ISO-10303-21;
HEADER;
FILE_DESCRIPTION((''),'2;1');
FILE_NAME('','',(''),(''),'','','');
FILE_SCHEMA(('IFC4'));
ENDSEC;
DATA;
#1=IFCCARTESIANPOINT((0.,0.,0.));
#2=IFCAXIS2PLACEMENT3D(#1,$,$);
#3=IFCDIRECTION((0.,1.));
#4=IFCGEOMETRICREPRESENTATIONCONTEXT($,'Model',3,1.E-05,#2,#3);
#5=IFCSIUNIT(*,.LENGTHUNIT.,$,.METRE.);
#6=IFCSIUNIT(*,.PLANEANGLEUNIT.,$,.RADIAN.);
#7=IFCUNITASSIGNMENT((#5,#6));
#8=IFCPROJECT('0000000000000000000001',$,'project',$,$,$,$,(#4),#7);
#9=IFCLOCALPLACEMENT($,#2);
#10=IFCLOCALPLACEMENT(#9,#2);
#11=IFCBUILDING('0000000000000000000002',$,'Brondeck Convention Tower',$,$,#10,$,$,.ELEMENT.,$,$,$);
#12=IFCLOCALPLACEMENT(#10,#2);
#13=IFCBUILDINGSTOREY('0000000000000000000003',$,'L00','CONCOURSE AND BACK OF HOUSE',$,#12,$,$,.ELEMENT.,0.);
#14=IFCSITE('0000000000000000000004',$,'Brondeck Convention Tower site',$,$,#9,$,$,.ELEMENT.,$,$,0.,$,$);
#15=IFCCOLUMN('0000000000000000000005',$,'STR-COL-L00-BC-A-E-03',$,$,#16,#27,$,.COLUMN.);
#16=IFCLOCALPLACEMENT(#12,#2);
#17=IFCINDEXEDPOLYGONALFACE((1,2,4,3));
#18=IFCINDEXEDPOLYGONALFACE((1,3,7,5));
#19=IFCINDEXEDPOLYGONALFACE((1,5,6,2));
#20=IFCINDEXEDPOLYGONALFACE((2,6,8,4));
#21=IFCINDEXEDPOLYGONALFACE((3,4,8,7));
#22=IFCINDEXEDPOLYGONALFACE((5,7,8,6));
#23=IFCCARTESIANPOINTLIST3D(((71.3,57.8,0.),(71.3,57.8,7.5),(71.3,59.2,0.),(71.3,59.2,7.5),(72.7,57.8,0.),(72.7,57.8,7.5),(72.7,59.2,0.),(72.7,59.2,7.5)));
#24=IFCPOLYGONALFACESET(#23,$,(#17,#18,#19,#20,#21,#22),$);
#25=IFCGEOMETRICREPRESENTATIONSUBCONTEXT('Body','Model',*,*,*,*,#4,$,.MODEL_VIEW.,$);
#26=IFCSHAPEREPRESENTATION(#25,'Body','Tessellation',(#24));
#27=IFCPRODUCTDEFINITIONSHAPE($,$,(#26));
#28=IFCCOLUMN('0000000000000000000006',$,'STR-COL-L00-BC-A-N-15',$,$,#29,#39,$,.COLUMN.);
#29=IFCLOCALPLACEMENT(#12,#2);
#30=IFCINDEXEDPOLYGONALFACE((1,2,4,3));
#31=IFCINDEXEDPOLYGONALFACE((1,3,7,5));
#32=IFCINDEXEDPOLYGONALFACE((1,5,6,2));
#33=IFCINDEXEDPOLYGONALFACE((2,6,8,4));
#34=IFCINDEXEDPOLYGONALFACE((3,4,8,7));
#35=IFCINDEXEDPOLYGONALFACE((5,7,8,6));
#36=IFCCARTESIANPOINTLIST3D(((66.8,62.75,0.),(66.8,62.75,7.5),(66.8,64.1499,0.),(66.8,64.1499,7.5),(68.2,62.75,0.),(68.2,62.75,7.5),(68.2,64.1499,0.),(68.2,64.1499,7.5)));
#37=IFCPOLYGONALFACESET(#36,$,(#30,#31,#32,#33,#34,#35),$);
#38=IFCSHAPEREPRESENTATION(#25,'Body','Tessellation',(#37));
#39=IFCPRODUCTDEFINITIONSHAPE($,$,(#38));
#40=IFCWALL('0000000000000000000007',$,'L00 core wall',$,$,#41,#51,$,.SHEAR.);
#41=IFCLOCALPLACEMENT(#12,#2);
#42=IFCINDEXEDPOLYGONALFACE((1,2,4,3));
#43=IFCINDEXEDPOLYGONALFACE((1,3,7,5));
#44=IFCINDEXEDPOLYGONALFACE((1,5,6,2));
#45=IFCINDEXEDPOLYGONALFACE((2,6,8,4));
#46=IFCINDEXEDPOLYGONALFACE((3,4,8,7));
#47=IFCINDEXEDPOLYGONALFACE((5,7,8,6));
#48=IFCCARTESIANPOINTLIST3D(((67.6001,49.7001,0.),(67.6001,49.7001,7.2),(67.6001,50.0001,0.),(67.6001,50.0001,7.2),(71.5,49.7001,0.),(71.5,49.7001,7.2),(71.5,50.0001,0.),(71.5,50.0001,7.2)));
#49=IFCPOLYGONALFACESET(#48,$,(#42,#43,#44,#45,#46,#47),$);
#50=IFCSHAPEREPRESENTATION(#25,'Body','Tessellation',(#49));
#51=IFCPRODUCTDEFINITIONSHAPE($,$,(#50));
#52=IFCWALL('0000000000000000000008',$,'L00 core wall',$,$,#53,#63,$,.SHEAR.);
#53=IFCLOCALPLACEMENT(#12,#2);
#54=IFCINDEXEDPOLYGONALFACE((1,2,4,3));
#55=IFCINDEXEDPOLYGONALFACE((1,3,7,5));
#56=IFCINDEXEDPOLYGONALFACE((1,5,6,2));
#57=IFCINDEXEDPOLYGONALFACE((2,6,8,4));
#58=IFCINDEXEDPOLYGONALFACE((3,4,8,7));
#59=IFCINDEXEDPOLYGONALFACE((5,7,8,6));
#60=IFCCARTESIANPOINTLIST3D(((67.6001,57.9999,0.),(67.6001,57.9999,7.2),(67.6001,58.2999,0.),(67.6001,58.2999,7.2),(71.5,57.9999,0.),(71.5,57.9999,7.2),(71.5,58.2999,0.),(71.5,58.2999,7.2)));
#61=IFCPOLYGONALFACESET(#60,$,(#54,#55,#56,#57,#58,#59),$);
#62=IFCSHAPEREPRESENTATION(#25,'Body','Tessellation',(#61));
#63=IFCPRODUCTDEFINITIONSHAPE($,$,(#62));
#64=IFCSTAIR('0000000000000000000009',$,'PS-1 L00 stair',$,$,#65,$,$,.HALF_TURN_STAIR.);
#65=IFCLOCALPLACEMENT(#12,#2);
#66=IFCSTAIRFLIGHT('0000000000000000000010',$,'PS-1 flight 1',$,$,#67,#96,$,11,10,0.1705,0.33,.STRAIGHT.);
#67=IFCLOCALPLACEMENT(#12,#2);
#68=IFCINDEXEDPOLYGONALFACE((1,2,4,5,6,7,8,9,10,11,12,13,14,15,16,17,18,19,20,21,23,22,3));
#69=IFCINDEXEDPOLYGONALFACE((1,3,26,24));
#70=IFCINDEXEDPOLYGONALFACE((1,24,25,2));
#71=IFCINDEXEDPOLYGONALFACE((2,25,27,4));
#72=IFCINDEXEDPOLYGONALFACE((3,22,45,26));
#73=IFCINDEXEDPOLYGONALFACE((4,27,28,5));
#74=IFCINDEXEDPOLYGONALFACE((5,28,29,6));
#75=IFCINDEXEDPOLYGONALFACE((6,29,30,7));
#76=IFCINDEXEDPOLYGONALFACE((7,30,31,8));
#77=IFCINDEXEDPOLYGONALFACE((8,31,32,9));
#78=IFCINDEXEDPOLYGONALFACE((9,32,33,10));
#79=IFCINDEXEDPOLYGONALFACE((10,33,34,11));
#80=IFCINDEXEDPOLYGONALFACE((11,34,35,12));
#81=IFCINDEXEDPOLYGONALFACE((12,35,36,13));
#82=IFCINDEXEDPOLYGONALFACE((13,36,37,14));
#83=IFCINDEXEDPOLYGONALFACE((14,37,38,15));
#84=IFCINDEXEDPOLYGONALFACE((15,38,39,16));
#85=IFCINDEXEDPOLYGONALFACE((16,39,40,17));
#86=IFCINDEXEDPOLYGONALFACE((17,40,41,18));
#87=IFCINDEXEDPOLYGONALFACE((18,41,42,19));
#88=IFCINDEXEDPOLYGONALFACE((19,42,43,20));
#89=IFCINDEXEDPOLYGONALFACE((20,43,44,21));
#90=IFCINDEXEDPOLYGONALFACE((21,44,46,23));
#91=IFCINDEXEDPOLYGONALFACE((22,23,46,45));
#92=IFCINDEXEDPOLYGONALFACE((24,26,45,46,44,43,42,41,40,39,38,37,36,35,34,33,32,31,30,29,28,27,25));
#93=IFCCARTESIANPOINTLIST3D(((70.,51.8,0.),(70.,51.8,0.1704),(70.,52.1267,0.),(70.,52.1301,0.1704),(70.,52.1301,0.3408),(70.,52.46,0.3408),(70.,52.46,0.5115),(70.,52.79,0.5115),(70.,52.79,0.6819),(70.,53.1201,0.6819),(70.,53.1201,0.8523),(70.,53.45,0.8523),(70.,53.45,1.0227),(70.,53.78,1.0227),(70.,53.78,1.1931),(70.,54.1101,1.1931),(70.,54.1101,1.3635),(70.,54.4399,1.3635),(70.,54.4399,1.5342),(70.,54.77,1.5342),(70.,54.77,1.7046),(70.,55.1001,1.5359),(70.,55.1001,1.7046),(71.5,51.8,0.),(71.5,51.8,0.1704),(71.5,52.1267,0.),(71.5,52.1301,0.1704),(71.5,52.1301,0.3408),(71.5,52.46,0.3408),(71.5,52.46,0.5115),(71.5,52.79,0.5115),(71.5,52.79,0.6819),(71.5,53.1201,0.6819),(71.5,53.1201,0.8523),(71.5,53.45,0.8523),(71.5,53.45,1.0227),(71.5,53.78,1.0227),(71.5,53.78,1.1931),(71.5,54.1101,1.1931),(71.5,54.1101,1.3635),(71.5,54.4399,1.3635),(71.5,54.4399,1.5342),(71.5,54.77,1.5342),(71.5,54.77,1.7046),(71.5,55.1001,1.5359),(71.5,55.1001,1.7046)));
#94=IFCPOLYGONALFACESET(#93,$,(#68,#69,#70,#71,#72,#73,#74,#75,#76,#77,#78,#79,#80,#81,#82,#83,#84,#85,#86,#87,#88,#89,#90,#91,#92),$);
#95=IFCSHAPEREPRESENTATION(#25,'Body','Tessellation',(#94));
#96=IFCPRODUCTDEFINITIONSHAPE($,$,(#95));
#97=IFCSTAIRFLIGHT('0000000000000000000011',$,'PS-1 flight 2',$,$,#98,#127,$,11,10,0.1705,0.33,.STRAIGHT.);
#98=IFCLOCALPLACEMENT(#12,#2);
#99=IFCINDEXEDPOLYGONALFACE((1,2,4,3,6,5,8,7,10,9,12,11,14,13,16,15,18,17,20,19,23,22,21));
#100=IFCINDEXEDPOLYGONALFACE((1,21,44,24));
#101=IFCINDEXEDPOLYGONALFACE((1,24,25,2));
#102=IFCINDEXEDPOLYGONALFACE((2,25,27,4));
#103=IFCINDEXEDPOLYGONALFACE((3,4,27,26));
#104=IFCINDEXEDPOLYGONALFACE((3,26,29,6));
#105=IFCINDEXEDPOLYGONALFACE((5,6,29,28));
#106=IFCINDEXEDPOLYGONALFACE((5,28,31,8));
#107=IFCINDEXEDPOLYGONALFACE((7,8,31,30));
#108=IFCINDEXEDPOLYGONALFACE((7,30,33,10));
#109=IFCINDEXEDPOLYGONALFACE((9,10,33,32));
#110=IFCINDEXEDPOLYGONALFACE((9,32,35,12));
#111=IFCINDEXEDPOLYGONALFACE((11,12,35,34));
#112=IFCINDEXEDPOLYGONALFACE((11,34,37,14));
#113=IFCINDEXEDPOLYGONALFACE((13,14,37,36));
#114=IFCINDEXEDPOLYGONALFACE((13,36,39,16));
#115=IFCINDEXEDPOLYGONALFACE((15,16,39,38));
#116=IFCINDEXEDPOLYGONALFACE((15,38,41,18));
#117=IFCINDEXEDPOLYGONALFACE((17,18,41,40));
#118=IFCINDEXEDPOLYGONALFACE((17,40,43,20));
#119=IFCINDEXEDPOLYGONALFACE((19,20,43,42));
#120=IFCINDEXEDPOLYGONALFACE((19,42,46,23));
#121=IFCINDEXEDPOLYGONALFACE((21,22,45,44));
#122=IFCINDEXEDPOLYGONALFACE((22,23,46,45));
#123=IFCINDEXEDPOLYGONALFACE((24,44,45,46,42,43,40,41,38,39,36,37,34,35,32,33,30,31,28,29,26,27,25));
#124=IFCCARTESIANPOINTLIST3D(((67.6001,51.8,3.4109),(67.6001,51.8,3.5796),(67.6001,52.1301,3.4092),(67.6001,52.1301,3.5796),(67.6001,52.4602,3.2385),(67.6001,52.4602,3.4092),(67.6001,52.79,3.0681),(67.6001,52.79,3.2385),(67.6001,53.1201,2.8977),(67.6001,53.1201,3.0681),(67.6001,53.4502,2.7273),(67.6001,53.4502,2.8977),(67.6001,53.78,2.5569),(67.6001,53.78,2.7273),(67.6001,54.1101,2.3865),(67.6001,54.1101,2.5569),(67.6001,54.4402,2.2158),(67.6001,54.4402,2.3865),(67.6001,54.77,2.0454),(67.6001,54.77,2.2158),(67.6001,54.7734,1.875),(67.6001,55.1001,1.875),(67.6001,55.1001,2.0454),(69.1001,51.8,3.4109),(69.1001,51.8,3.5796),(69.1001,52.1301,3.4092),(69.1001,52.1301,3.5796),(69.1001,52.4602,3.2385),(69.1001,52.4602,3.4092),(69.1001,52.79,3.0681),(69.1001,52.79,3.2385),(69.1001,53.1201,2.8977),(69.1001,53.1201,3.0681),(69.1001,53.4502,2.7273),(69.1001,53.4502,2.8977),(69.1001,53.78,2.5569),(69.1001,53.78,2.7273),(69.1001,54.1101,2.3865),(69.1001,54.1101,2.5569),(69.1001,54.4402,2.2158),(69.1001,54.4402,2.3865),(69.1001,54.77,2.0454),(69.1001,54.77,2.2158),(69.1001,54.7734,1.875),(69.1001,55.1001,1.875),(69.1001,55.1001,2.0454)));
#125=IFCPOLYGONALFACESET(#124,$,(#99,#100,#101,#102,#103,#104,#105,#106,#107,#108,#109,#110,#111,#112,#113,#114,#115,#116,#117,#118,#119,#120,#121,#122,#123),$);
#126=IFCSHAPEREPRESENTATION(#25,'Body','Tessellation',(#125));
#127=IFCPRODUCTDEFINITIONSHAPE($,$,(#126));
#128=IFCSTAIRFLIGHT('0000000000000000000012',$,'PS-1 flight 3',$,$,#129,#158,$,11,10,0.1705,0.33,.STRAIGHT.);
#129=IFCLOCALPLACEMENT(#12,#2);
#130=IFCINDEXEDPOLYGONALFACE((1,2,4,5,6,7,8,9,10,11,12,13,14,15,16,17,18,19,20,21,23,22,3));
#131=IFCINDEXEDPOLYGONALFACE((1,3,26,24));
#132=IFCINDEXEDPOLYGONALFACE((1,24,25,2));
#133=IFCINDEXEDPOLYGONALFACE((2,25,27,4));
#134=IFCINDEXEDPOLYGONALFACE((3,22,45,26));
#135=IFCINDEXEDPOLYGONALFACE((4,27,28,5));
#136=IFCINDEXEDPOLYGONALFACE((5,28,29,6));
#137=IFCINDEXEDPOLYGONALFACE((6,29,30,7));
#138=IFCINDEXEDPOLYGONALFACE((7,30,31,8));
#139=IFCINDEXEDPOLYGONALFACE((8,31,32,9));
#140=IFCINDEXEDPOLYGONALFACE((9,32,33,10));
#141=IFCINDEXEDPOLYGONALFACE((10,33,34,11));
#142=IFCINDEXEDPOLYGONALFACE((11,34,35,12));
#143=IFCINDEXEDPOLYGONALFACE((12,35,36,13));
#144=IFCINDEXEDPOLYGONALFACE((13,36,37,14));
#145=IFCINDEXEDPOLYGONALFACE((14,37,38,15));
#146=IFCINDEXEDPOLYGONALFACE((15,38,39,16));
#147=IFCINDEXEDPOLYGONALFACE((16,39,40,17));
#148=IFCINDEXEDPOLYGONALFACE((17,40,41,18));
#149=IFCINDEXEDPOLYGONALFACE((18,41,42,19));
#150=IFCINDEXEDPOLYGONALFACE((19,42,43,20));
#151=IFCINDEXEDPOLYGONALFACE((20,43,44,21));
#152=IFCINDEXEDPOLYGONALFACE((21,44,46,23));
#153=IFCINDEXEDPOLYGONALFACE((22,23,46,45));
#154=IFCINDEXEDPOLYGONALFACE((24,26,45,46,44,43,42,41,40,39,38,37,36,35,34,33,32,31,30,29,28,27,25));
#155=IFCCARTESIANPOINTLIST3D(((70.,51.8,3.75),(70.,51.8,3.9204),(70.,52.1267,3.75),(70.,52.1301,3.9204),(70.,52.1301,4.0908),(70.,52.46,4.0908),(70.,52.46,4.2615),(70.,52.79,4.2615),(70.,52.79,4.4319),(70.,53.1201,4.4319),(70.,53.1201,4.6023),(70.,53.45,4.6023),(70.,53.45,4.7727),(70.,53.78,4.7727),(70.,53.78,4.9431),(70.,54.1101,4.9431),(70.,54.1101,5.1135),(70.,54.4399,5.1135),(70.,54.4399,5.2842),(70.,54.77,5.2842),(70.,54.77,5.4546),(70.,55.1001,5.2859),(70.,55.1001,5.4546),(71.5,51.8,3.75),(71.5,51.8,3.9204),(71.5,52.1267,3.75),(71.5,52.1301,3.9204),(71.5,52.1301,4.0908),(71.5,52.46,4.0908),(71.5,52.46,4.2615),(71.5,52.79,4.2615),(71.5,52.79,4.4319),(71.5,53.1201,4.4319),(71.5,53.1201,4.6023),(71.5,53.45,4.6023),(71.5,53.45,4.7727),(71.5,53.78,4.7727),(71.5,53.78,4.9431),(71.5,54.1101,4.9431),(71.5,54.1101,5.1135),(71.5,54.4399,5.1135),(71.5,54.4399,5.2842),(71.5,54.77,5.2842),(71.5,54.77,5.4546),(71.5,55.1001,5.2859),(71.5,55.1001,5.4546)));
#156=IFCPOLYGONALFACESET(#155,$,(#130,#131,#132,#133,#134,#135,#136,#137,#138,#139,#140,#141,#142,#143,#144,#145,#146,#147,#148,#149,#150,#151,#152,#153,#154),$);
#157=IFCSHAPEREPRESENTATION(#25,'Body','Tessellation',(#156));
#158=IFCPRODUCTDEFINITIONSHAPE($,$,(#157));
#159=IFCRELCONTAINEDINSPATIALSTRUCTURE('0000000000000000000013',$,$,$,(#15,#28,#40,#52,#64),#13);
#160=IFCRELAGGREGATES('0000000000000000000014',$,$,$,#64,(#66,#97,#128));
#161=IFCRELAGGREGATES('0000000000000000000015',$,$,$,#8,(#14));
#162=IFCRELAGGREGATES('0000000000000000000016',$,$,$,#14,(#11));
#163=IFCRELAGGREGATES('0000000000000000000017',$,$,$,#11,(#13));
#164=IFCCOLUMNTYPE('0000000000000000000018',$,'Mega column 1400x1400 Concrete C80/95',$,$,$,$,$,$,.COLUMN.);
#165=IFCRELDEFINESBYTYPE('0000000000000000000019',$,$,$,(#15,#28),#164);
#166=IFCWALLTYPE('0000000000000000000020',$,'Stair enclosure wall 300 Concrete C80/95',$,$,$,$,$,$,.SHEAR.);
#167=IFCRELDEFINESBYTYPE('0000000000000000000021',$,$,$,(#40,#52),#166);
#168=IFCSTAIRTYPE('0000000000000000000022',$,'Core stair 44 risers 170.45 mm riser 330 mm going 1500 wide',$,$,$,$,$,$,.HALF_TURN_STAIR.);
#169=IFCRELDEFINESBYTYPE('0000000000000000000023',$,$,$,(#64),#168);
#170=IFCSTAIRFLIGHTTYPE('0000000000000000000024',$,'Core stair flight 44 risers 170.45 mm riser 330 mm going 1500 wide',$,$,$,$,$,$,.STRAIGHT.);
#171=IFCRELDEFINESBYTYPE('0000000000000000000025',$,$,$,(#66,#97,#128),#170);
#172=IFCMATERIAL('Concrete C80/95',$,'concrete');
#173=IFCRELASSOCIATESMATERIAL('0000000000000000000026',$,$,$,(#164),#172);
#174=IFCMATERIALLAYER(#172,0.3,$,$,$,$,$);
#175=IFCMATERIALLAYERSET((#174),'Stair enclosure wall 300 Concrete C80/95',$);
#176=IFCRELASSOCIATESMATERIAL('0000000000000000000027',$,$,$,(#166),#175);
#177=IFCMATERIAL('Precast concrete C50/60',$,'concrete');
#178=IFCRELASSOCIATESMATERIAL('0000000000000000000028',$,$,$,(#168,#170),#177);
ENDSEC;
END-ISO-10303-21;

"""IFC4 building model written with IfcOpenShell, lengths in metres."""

from ifc_helpers import new_model, si_unit, direction, frame, frame_2d, origin, origin_2d, place, context, subcontext, project, spatial, polyline, rectangle, outline, extrude, material, layer, layer_set, material_profile, profile_set, type_object, element, aggregate, save


model = new_model("IFC4")

# Units and contexts
model_context = context("Model", 3, precision=1e-05, world=origin(), true_north=direction((0.0, 1.0)))
body_context = subcontext(model_context, "Body", "Model", "MODEL_VIEW")
ifc_project = project(units=[si_unit("LENGTHUNIT", "METRE"), si_unit("PLANEANGLEUNIT", "RADIAN")], contexts=[model_context])

# Site, building, storey
site_placement = place(None, origin())
site = spatial("IfcSite", under=ifc_project, at=site_placement, Name="Brondeck Convention Tower site", CompositionType="ELEMENT", RefElevation=0.0)
building_placement = place(site_placement, origin())
building = spatial("IfcBuilding", under=site, at=building_placement, Name="Brondeck Convention Tower", CompositionType="ELEMENT")
storey_placement = place(building_placement, origin())
storey = spatial("IfcBuildingStorey", under=building, at=storey_placement, Name="L00", Description="CONCOURSE AND BACK OF HOUSE", CompositionType="ELEMENT", Elevation=0.0)

# Columns
ifc_material_1 = material(Name="Concrete C80/95", Category="concrete")
ifc_material_profile = material_profile(ifc_material_1, rectangle(XDim=1.3999, YDim=1.3999, at=origin_2d()), Name="Mega column 1400x1400 Concrete C80/95")
ifc_profile_set = profile_set([ifc_material_profile], Name="Concrete C80/95")
column_type = type_object("IfcColumnType", Name="Mega column 1400x1400 Concrete C80/95", PredefinedType="COLUMN", material=ifc_profile_set)
for number, where, z_axis, x_axis, name in (
    (1, (72.0, 58.5, 0.0), (0.0, 0.0, 1.0), (1.0, 0.0, 0.0), "STR-COL-L00-BC-A-E-03"),
    (2, (67.5, 63.45, 0.0), (0.0, 0.0, 1.0), (1.0, 0.0, 0.0), "STR-COL-L00-BC-A-N-15"),
):
    element("IfcColumn", number, at=place(storey_placement, frame(where, z_axis=z_axis, x_axis=x_axis)), inside=storey, type_object=column_type, Name=name, PredefinedType="COLUMN", context=body_context, shape_type="SweptSolid", body=[
        extrude(rectangle(XDim=1.3999, YDim=1.3999, at=origin_2d()), origin(), (0.0, 0.0, 1.0), 7.5),
    ])

# Walls
ifc_layer = layer(ifc_material_1, 0.3)
ifc_layer_set = layer_set([ifc_layer], Name="Stair enclosure wall 300 Concrete C80/95")
wall_type = type_object("IfcWallType", Name="Stair enclosure wall 300 Concrete C80/95", PredefinedType="SHEAR", material=ifc_layer_set)
for number, where, z_axis, x_axis, name in (
    (3, (67.6001, 49.8501, 0.0), (0.0, 0.0, 1.0), (1.0, 0.0, 0.0), "L00 core wall"),
    (4, (67.6001, 58.1499, 0.0), (0.0, 0.0, 1.0), (1.0, 0.0, 0.0), "L00 core wall"),
):
    element("IfcWall", number, at=place(storey_placement, frame(where, z_axis=z_axis, x_axis=x_axis)), inside=storey, type_object=wall_type, Name=name, PredefinedType="SHEAR", context=body_context, shape_type="SweptSolid", body=[
        extrude(rectangle(XDim=3.8999, YDim=0.3, at=frame_2d((1.95, 0.0))), origin(), (0.0, 0.0, 1.0), 7.2),
    ])

# Stair, stair flights
ifc_material_2 = material(Name="Precast concrete C50/60", Category="concrete")
stair_type = type_object("IfcStairType", Name="Core stair 44 risers 170.45 mm riser 330 mm going 1500 wide", PredefinedType="HALF_TURN_STAIR", material=ifc_material_2)
stair_placement = place(storey_placement, origin())
stair = element("IfcStair", 5, at=stair_placement, inside=storey, type_object=stair_type, Name="PS-1 L00 stair", PredefinedType="HALF_TURN_STAIR")
stair_flight_type = type_object("IfcStairFlightType", Name="Core stair flight 44 risers 170.45 mm riser 330 mm going 1500 wide", PredefinedType="STRAIGHT", material=ifc_material_2)
stair_flight_1_placement = place(storey_placement, frame((70.75, 51.8, 0.0), z_axis=(0.0, 0.0, 1.0), x_axis=(0.0, 1.0, 0.0)))
stair_flight_1 = element("IfcStairFlight", 6, at=stair_flight_1_placement, type_object=stair_flight_type, Name="PS-1 flight 1", NumberOfRisers=11, NumberOfTreads=10, PredefinedType="STRAIGHT", RiserHeight=0.1705, TreadLength=0.33, context=body_context, shape_type="SweptSolid", body=[
    extrude(outline(polyline([(0.0, 0.0), (0.0, 0.1704), (0.3301, 0.1704), (0.3301, 0.3408), (0.6599, 0.3408), (0.6599, 0.5115), (0.99, 0.5115), (0.99, 0.6819), (1.3201, 0.6819), (1.3201, 0.8523), (1.6499, 0.8523), (1.6499, 1.0227), (1.98, 1.0227), (1.98, 1.1931), (2.3101, 1.1931), (2.3101, 1.3635), (2.6399, 1.3635), (2.6399, 1.5342), (2.97, 1.5342), (2.97, 1.7046), (3.3, 1.7046), (3.3, 1.875), (3.3, 1.5359), (0.3267, 0.0), (0.0, 0.0)])), frame((0.0, 0.75, 0.0), z_axis=(0.0, -1.0, 0.0), x_axis=(1.0, 0.0, 0.0)), (0.0, 0.0, 1.0), 1.5),
])
stair_flight_2_placement = place(storey_placement, frame((68.3501, 55.1001, 1.875), z_axis=(0.0, 0.0, 1.0), x_axis=(0.0, -1.0, 0.0)))
stair_flight_2 = element("IfcStairFlight", 7, at=stair_flight_2_placement, type_object=stair_flight_type, Name="PS-1 flight 2", NumberOfRisers=11, NumberOfTreads=10, PredefinedType="STRAIGHT", RiserHeight=0.1705, TreadLength=0.33, context=body_context, shape_type="SweptSolid", body=[
    extrude(outline(polyline([(0.0, 0.0), (0.0, 0.1704), (0.3301, 0.1704), (0.3301, 0.3408), (0.6599, 0.3408), (0.6599, 0.5115), (0.99, 0.5115), (0.99, 0.6819), (1.3201, 0.6819), (1.3201, 0.8523), (1.6499, 0.8523), (1.6499, 1.0227), (1.98, 1.0227), (1.98, 1.1931), (2.3101, 1.1931), (2.3101, 1.3635), (2.6399, 1.3635), (2.6399, 1.5342), (2.97, 1.5342), (2.97, 1.7046), (3.3, 1.7046), (3.3, 1.875), (3.3, 1.5359), (0.3267, 0.0), (0.0, 0.0)])), frame((0.0, 0.75, 0.0), z_axis=(0.0, -1.0, 0.0), x_axis=(1.0, 0.0, 0.0)), (0.0, 0.0, 1.0), 1.5),
])
stair_flight_3_placement = place(storey_placement, frame((70.75, 51.8, 3.75), z_axis=(0.0, 0.0, 1.0), x_axis=(0.0, 1.0, 0.0)))
stair_flight_3 = element("IfcStairFlight", 8, at=stair_flight_3_placement, type_object=stair_flight_type, Name="PS-1 flight 3", NumberOfRisers=11, NumberOfTreads=10, PredefinedType="STRAIGHT", RiserHeight=0.1705, TreadLength=0.33, context=body_context, shape_type="SweptSolid", body=[
    extrude(outline(polyline([(0.0, 0.0), (0.0, 0.1704), (0.3301, 0.1704), (0.3301, 0.3408), (0.6599, 0.3408), (0.6599, 0.5115), (0.99, 0.5115), (0.99, 0.6819), (1.3201, 0.6819), (1.3201, 0.8523), (1.6499, 0.8523), (1.6499, 1.0227), (1.98, 1.0227), (1.98, 1.1931), (2.3101, 1.1931), (2.3101, 1.3635), (2.6399, 1.3635), (2.6399, 1.5342), (2.97, 1.5342), (2.97, 1.7046), (3.3, 1.7046), (3.3, 1.875), (3.3, 1.5359), (0.3267, 0.0), (0.0, 0.0)])), frame((0.0, 0.75, 0.0), z_axis=(0.0, -1.0, 0.0), x_axis=(1.0, 0.0, 0.0)), (0.0, 0.0, 1.0), 1.5),
])
aggregate(stair, [stair_flight_1, stair_flight_2, stair_flight_3])

save(model, "model.ifc")
